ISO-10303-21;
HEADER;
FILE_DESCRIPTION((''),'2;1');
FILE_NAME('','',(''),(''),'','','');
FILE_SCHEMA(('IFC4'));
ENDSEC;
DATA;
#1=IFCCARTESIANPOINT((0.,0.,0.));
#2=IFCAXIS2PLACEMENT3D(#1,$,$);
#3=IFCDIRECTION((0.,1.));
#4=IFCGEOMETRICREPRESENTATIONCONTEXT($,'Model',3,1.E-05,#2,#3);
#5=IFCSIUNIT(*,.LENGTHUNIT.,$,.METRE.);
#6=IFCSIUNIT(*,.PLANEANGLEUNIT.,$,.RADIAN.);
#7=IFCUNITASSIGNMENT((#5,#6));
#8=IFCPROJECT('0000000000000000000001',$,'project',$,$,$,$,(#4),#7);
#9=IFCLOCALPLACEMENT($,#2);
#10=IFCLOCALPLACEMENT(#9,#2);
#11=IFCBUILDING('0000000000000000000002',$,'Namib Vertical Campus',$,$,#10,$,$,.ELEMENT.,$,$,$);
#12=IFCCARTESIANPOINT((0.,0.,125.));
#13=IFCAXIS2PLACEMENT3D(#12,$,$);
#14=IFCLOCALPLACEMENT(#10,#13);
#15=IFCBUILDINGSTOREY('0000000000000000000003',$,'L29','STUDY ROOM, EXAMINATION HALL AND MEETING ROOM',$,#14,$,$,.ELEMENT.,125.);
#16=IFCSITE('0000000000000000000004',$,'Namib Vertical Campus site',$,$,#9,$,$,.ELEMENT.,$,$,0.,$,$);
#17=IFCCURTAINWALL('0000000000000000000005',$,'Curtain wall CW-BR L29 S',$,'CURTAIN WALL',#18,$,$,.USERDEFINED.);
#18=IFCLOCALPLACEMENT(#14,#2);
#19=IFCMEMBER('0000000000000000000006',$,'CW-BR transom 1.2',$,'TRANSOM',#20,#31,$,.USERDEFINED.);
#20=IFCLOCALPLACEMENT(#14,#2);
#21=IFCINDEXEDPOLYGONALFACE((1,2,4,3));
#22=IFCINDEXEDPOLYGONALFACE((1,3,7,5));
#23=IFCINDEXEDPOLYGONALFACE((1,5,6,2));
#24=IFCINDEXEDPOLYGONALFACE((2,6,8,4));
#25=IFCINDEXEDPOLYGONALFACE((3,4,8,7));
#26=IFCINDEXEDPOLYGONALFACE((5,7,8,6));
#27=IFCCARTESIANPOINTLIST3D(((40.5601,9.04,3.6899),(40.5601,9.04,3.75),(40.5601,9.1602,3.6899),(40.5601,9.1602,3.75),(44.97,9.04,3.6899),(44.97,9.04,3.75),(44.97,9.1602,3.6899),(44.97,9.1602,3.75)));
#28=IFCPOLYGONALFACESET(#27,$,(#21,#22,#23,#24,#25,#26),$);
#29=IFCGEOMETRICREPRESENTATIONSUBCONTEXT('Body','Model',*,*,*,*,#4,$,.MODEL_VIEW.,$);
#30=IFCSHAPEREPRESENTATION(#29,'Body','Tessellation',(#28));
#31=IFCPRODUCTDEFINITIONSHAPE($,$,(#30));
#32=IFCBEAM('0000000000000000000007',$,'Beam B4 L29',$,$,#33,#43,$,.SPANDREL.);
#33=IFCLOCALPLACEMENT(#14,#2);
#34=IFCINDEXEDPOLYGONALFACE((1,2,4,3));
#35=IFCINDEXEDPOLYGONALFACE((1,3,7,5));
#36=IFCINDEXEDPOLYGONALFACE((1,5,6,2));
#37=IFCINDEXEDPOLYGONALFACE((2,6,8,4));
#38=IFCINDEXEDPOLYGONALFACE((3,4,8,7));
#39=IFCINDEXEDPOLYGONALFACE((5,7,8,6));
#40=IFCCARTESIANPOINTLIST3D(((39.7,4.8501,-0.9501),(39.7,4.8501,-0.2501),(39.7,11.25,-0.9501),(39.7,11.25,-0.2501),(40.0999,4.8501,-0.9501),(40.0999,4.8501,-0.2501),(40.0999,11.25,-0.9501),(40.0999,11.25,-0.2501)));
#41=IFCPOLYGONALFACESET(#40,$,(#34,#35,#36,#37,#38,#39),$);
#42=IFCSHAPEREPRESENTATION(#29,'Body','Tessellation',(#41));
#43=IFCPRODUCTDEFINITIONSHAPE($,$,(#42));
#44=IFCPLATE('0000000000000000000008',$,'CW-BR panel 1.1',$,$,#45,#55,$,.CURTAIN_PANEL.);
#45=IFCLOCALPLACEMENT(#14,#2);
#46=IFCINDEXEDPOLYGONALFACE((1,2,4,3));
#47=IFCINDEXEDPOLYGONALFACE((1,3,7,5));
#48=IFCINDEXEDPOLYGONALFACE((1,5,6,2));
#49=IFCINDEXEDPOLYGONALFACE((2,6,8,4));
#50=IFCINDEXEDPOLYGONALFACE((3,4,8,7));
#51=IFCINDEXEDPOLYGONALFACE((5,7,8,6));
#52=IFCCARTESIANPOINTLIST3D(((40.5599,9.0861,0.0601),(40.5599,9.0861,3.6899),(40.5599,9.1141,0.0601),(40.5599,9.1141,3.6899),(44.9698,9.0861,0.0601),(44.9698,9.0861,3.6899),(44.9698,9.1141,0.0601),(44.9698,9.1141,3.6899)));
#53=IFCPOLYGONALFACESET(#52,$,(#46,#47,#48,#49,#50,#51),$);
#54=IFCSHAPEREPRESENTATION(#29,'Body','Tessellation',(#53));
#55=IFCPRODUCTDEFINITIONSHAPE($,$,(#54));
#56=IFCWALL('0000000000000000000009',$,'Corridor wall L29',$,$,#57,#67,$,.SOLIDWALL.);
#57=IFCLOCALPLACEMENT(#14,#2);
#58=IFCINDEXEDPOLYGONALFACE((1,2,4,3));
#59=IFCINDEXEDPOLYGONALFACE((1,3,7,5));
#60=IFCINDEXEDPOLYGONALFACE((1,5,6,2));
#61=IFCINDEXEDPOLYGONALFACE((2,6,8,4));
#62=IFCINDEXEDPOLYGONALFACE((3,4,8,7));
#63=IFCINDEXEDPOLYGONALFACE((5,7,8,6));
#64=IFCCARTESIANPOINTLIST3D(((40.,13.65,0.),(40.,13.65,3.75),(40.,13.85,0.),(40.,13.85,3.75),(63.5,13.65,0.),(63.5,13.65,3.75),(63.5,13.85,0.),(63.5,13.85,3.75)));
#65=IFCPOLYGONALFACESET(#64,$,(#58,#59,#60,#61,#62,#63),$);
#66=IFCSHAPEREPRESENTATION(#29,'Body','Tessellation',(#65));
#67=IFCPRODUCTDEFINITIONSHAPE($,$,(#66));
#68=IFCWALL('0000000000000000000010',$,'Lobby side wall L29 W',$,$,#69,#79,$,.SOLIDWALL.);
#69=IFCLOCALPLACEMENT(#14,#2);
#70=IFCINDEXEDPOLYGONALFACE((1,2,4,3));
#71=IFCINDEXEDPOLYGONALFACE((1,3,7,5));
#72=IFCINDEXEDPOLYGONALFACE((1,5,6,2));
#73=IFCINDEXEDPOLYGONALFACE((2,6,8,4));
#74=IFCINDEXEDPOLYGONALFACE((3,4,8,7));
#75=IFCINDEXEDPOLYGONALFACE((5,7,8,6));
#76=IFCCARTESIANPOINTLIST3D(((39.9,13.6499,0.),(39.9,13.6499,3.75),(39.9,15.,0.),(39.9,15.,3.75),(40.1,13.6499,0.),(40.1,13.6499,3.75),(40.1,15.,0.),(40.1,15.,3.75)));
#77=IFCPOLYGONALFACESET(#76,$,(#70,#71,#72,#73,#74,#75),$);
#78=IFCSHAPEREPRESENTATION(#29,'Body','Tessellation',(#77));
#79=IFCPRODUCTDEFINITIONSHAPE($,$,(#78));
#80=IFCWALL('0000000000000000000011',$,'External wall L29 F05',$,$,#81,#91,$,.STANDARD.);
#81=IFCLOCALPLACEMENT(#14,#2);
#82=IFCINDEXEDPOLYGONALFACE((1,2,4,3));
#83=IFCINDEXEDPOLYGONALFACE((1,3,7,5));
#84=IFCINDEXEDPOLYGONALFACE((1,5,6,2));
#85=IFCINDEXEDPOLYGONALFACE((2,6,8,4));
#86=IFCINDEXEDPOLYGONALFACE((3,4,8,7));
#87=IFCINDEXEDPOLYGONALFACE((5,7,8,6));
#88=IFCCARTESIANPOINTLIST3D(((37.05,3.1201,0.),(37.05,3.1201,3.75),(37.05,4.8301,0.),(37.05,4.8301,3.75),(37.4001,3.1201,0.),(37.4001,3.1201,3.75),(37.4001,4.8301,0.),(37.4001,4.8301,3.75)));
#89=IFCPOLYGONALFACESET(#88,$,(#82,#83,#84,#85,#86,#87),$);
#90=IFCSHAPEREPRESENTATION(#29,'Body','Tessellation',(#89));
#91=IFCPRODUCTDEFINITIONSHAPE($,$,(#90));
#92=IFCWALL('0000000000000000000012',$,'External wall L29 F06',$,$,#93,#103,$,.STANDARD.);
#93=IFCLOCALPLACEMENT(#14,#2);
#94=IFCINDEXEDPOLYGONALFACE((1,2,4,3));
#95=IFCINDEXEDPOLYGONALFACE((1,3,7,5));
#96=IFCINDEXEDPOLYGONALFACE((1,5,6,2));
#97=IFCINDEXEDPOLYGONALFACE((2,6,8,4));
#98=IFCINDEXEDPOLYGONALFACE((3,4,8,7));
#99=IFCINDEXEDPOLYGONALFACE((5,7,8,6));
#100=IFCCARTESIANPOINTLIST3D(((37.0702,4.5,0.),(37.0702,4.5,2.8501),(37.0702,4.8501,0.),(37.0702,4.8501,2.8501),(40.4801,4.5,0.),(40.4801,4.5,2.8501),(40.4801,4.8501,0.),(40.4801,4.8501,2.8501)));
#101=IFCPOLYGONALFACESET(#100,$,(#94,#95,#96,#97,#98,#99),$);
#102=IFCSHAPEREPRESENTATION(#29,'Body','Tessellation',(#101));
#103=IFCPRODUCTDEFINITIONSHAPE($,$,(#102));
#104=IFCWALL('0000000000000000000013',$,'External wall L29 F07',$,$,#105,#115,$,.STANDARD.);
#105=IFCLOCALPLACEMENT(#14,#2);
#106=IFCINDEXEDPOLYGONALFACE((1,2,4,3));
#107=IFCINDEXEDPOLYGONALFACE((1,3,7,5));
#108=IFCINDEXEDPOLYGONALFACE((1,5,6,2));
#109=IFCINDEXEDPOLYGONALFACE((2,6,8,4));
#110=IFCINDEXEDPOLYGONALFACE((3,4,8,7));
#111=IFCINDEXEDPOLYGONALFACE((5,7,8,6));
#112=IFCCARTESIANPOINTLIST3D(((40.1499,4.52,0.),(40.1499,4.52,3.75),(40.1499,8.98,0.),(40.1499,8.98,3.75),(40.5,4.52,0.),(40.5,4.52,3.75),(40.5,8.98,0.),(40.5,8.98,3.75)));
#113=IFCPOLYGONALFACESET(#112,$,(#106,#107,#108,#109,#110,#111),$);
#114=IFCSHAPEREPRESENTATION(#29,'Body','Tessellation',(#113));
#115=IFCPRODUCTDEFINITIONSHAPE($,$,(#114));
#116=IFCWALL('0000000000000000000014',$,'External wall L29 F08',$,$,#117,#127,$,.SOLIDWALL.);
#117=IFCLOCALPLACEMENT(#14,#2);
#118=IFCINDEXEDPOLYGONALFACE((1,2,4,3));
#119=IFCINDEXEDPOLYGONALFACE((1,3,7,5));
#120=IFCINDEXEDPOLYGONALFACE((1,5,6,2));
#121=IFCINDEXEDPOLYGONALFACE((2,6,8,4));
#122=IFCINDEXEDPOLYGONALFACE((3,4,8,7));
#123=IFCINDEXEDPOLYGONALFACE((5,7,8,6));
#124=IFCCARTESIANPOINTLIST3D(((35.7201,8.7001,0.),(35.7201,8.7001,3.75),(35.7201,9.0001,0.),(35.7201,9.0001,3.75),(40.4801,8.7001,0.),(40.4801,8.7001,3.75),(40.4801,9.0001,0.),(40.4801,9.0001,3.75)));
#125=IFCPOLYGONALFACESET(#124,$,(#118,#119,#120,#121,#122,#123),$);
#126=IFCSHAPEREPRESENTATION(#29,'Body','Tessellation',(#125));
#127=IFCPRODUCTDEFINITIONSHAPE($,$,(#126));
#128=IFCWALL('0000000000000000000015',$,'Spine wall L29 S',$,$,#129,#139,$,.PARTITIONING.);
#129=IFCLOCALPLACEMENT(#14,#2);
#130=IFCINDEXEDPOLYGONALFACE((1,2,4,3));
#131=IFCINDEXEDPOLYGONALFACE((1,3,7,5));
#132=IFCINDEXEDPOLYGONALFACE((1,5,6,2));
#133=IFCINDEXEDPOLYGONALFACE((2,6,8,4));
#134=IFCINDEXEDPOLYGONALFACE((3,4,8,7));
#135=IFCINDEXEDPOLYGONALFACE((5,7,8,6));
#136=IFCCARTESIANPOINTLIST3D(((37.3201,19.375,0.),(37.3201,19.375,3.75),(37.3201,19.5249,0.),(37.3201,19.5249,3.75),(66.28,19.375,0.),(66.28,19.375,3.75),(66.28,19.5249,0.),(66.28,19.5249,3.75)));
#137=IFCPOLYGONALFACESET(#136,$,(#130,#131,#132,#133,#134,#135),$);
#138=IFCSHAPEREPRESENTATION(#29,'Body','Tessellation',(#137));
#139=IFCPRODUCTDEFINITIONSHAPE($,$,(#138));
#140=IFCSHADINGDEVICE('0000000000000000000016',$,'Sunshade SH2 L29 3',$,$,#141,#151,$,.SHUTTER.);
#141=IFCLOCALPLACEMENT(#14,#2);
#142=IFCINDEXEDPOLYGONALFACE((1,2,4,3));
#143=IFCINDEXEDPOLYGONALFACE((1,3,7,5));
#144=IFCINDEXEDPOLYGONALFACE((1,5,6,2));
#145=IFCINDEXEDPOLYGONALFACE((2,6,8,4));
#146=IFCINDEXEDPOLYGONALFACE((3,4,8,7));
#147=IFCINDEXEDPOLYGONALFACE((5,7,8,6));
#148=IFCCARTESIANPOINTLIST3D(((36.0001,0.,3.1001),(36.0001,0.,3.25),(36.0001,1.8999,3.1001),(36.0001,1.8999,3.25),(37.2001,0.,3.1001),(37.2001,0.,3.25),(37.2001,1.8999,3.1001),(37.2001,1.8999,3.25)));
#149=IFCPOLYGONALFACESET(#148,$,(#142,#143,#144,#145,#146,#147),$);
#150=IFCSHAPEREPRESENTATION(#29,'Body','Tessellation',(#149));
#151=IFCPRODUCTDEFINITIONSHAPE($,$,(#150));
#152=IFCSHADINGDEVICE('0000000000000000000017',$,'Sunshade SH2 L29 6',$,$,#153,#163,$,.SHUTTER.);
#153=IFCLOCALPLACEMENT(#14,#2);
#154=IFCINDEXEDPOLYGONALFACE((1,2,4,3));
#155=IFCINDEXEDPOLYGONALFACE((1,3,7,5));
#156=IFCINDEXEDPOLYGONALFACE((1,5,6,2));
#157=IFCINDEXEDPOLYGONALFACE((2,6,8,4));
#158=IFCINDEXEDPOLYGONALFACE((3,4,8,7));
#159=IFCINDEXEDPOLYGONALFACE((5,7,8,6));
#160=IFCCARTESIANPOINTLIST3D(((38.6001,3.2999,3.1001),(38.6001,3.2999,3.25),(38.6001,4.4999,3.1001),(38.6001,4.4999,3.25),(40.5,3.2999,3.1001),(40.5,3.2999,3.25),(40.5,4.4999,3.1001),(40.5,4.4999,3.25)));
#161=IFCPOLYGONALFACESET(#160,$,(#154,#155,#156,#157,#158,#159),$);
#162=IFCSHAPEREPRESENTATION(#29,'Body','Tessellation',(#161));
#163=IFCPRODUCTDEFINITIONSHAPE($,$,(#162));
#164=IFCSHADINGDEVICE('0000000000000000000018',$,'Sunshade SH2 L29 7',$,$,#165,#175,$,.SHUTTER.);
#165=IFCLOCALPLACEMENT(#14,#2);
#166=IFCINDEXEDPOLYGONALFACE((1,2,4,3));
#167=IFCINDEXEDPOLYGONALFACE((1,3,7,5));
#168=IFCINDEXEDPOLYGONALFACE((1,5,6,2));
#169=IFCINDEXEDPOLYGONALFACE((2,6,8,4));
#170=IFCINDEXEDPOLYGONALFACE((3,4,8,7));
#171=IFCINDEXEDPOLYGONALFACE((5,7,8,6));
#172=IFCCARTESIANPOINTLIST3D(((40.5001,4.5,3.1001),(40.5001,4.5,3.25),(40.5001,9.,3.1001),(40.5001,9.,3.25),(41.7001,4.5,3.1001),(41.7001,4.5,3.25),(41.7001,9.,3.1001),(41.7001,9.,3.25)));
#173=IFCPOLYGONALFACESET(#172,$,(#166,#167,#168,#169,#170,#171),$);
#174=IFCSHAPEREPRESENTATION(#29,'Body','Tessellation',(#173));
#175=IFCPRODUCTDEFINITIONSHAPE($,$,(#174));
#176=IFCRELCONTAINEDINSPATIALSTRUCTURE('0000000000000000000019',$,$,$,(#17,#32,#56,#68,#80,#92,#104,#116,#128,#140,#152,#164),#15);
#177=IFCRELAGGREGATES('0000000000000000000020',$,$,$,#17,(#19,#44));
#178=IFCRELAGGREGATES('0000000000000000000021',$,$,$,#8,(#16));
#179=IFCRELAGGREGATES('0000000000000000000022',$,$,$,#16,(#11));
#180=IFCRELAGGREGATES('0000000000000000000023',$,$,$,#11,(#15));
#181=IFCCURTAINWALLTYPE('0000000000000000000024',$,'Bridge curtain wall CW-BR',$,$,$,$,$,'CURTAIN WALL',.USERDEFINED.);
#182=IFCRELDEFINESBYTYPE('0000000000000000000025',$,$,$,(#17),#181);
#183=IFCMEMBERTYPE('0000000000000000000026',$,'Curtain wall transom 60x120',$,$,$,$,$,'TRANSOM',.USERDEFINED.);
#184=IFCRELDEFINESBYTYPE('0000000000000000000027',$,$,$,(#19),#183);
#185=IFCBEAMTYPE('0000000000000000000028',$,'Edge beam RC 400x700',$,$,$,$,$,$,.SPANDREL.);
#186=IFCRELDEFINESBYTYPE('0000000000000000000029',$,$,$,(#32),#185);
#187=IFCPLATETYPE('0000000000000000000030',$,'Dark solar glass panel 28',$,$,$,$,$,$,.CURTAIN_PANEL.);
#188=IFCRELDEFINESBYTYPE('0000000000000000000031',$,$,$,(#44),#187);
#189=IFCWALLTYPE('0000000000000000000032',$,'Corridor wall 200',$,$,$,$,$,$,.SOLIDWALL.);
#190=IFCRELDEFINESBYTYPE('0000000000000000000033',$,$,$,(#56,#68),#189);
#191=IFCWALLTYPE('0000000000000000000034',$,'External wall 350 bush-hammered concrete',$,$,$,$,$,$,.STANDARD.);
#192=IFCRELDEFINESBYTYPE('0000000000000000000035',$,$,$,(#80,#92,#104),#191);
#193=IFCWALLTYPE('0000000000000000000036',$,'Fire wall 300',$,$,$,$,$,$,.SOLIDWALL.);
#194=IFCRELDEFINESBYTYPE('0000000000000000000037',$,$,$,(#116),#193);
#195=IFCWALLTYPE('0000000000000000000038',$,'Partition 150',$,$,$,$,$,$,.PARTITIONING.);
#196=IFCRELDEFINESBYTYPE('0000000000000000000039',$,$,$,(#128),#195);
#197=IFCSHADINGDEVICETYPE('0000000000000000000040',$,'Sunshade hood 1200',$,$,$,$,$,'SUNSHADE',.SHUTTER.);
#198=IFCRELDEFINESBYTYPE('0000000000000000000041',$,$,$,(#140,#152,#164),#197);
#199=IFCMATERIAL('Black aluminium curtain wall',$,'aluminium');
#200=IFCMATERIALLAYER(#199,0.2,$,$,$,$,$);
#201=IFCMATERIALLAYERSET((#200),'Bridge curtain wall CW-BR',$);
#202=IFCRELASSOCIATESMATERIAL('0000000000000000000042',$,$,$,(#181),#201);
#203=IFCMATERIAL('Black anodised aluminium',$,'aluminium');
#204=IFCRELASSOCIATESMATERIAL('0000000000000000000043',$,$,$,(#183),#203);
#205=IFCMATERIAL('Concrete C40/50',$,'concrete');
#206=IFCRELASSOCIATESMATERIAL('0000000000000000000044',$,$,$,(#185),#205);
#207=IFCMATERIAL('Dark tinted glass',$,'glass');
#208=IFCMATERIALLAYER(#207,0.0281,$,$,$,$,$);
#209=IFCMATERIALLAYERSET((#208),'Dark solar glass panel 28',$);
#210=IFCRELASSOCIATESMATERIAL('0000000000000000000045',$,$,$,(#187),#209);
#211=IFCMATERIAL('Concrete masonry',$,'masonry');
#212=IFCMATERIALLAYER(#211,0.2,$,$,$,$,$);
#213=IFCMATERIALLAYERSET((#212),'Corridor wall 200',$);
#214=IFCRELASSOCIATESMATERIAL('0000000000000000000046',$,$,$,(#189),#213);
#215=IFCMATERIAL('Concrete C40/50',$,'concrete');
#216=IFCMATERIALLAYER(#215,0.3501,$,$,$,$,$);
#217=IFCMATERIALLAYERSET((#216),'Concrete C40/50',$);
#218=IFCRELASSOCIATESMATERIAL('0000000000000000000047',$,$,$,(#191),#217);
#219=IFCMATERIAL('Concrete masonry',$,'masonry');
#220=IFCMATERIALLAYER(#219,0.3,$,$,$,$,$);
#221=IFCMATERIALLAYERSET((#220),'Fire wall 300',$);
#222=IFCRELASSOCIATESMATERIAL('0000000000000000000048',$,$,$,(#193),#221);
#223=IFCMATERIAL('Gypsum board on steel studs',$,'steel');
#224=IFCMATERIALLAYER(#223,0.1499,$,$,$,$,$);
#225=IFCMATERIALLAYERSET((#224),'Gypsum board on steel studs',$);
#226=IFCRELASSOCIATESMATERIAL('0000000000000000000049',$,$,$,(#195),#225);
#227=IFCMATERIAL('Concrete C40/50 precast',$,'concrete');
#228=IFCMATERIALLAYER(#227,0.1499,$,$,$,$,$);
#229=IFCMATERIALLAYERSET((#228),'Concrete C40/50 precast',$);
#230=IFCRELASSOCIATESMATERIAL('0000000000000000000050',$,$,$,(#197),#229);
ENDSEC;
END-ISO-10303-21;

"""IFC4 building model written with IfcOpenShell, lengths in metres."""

from ifc_helpers import new_model, si_unit, direction, frame, frame_2d, origin, origin_2d, place, context, subcontext, project, spatial, rectangle, extrude, material, layer, layer_set, material_profile, profile_set, type_object, element, aggregate, save


model = new_model("IFC4")

# Units and contexts
model_context = context("Model", 3, precision=1e-05, world=origin(), true_north=direction((0.0, 1.0)))
body_context = subcontext(model_context, "Body", "Model", "MODEL_VIEW")
ifc_project = project(units=[si_unit("LENGTHUNIT", "METRE"), si_unit("PLANEANGLEUNIT", "RADIAN")], contexts=[model_context])

# Site, building, storey
site_placement = place(None, origin())
site = spatial("IfcSite", under=ifc_project, at=site_placement, Name="Namib Vertical Campus site", CompositionType="ELEMENT", RefElevation=0.0)
building_placement = place(site_placement, origin())
building = spatial("IfcBuilding", under=site, at=building_placement, Name="Namib Vertical Campus", CompositionType="ELEMENT")
storey_placement = place(building_placement, frame((0.0, 0.0, 125.0)))
storey = spatial("IfcBuildingStorey", under=building, at=storey_placement, Name="L29", Description="STUDY ROOM, EXAMINATION HALL AND MEETING ROOM", CompositionType="ELEMENT", Elevation=125.0)

# Curtain wall, member
ifc_material_1 = material(Name="Black aluminium curtain wall", Category="aluminium")
ifc_layer_1 = layer(ifc_material_1, 0.2)
ifc_layer_set_1 = layer_set([ifc_layer_1], Name="Bridge curtain wall CW-BR")
curtain_wall_type = type_object("IfcCurtainWallType", Name="Bridge curtain wall CW-BR", ElementType="CURTAIN WALL", PredefinedType="USERDEFINED", material=ifc_layer_set_1)
curtain_wall_placement = place(storey_placement, origin())
curtain_wall = element("IfcCurtainWall", 1, at=curtain_wall_placement, inside=storey, type_object=curtain_wall_type, Name="Curtain wall CW-BR L29 S", ObjectType="CURTAIN WALL", PredefinedType="USERDEFINED")
ifc_material_2 = material(Name="Black anodised aluminium", Category="aluminium")
ifc_material_profile_1 = material_profile(ifc_material_2, rectangle(XDim=0.0601, YDim=0.1201, at=origin_2d()))
ifc_profile_set_1 = profile_set([ifc_material_profile_1], Name="Black anodised aluminium")
member_type_1 = type_object("IfcMemberType", Name="Curtain wall transom 60x120", ElementType="TRANSOM", PredefinedType="USERDEFINED", material=ifc_profile_set_1)
member_1_placement = place(storey_placement, frame((40.5601, 9.1001, 3.72), z_axis=(1.0, 0.0, 0.0), x_axis=(0.0, 0.0, 1.0)))
member_1 = element("IfcMember", 2, at=member_1_placement, type_object=member_type_1, Name="CW-BR transom 1.2", ObjectType="TRANSOM", PredefinedType="USERDEFINED", context=body_context, shape_type="SweptSolid", body=[
    extrude(rectangle(XDim=0.0601, YDim=0.1201, at=origin_2d()), origin(), (0.0, 0.0, 1.0), 4.4099),
])

# Beam
ifc_material_3 = material(Name="Concrete C40/50", Category="concrete")
ifc_material_profile_2 = material_profile(ifc_material_3, rectangle(XDim=0.3999, YDim=0.7, at=origin_2d()))
ifc_profile_set_2 = profile_set([ifc_material_profile_2], Name="Concrete C40/50")
beam_type_1 = type_object("IfcBeamType", Name="Edge beam RC 400x700", PredefinedType="SPANDREL", material=ifc_profile_set_2)
beam_placement = place(storey_placement, frame((39.8999, 4.8501, -0.6001), z_axis=(0.0, 1.0, 0.0), x_axis=(-1.0, 0.0, 0.0)))
element("IfcBeam", 3, at=beam_placement, inside=storey, type_object=beam_type_1, Name="Beam B4 L29", PredefinedType="SPANDREL", context=body_context, shape_type="SweptSolid", body=[
    extrude(rectangle(XDim=0.3999, YDim=0.7, at=origin_2d()), origin(), (0.0, 0.0, 1.0), 6.3999),
])

# Plate
ifc_material_4 = material(Name="Dark tinted glass", Category="glass")
ifc_layer_2 = layer(ifc_material_4, 0.0281)
ifc_layer_set_2 = layer_set([ifc_layer_2], Name="Dark solar glass panel 28")
plate_type = type_object("IfcPlateType", Name="Dark solar glass panel 28", PredefinedType="CURTAIN_PANEL", material=ifc_layer_set_2)
plate_placement = place(storey_placement, frame((42.7649, 9.1001, 0.0601), z_axis=(0.0, 0.0, 1.0), x_axis=(1.0, 0.0, 0.0)))
plate = element("IfcPlate", 4, at=plate_placement, type_object=plate_type, Name="CW-BR panel 1.1", PredefinedType="CURTAIN_PANEL", context=body_context, shape_type="SweptSolid", body=[
    extrude(rectangle(XDim=4.4099, YDim=0.0281, at=origin_2d()), origin(), (0.0, 0.0, 1.0), 3.6299),
])
aggregate(curtain_wall, [member_1, plate])

# Walls
ifc_material_5 = material(Name="Concrete masonry", Category="masonry")
ifc_layer_3 = layer(ifc_material_5, 0.2)
ifc_layer_set_3 = layer_set([ifc_layer_3], Name="Corridor wall 200")
wall_type_1 = type_object("IfcWallType", Name="Corridor wall 200", PredefinedType="SOLIDWALL", material=ifc_layer_set_3)
wall_1_placement = place(storey_placement, frame((40.0, 13.75, 0.0), z_axis=(0.0, 0.0, 1.0), x_axis=(1.0, 0.0, 0.0)))
element("IfcWall", 5, at=wall_1_placement, inside=storey, type_object=wall_type_1, Name="Corridor wall L29", PredefinedType="SOLIDWALL", context=body_context, shape_type="SweptSolid", body=[
    extrude(rectangle(XDim=23.5, YDim=0.2, at=frame_2d((11.75, 0.0))), origin(), (0.0, 0.0, 1.0), 3.75),
])
wall_2_placement = place(storey_placement, frame((40.0, 13.6499, 0.0), z_axis=(0.0, 0.0, 1.0), x_axis=(0.0, 1.0, 0.0)))
element("IfcWall", 6, at=wall_2_placement, inside=storey, type_object=wall_type_1, Name="Lobby side wall L29 W", PredefinedType="SOLIDWALL", context=body_context, shape_type="SweptSolid", body=[
    extrude(rectangle(XDim=1.3501, YDim=0.2, at=frame_2d((0.675, 0.0))), origin(), (0.0, 0.0, 1.0), 3.75),
])
ifc_material_6 = material(Name="Concrete C40/50", Category="concrete")
ifc_layer_4 = layer(ifc_material_6, 0.3501)
ifc_layer_set_4 = layer_set([ifc_layer_4], Name="Concrete C40/50")
wall_type_2 = type_object("IfcWallType", Name="External wall 350 bush-hammered concrete", PredefinedType="STANDARD", material=ifc_layer_set_4)
wall_3_placement = place(storey_placement, frame((37.2251, 3.1201, 0.0), z_axis=(0.0, 0.0, 1.0), x_axis=(0.0, 1.0, 0.0)))
element("IfcWall", 7, at=wall_3_placement, inside=storey, type_object=wall_type_2, Name="External wall L29 F05", PredefinedType="STANDARD", context=body_context, shape_type="SweptSolid", body=[
    extrude(rectangle(XDim=1.71, YDim=0.3501, at=frame_2d((0.855, 0.0))), origin(), (0.0, 0.0, 1.0), 3.75),
])
wall_4_placement = place(storey_placement, frame((37.0701, 4.675, 0.0), z_axis=(0.0, 0.0, 1.0), x_axis=(1.0, 0.0, 0.0)))
element("IfcWall", 8, at=wall_4_placement, inside=storey, type_object=wall_type_2, Name="External wall L29 F06", PredefinedType="STANDARD", context=body_context, shape_type="SweptSolid", body=[
    extrude(rectangle(XDim=3.4099, YDim=0.3501, at=frame_2d((1.7051, 0.0))), origin(), (0.0, 0.0, 1.0), 2.8501),
])
wall_5_placement = place(storey_placement, frame((40.325, 4.52, 0.0), z_axis=(0.0, 0.0, 1.0), x_axis=(0.0, 1.0, 0.0)))
element("IfcWall", 9, at=wall_5_placement, inside=storey, type_object=wall_type_2, Name="External wall L29 F07", PredefinedType="STANDARD", context=body_context, shape_type="SweptSolid", body=[
    extrude(rectangle(XDim=4.46, YDim=0.3501, at=frame_2d((2.23, 0.0))), origin(), (0.0, 0.0, 1.0), 3.75),
])
ifc_material_7 = material(Name="Concrete masonry", Category="masonry")
ifc_layer_5 = layer(ifc_material_7, 0.3)
ifc_layer_set_5 = layer_set([ifc_layer_5], Name="Fire wall 300")
wall_type_3 = type_object("IfcWallType", Name="Fire wall 300", PredefinedType="SOLIDWALL", material=ifc_layer_set_5)
wall_6_placement = place(storey_placement, frame((40.48, 8.8501, 0.0), z_axis=(0.0, 0.0, 1.0), x_axis=(-1.0, 0.0, 0.0)))
element("IfcWall", 10, at=wall_6_placement, inside=storey, type_object=wall_type_3, Name="External wall L29 F08", PredefinedType="SOLIDWALL", context=body_context, shape_type="SweptSolid", body=[
    extrude(rectangle(XDim=4.76, YDim=0.3, at=frame_2d((2.3799, 0.0))), origin(), (0.0, 0.0, 1.0), 3.75),
])
ifc_material_8 = material(Name="Gypsum board on steel studs", Category="steel")
ifc_layer_6 = layer(ifc_material_8, 0.1499)
ifc_layer_set_6 = layer_set([ifc_layer_6], Name="Gypsum board on steel studs")
wall_type_4 = type_object("IfcWallType", Name="Partition 150", PredefinedType="PARTITIONING", material=ifc_layer_set_6)
wall_7_placement = place(storey_placement, frame((37.3201, 19.45, 0.0), z_axis=(0.0, 0.0, 1.0), x_axis=(1.0, 0.0, 0.0)))
element("IfcWall", 11, at=wall_7_placement, inside=storey, type_object=wall_type_4, Name="Spine wall L29 S", PredefinedType="PARTITIONING", context=body_context, shape_type="SweptSolid", body=[
    extrude(rectangle(XDim=28.96, YDim=0.1499, at=frame_2d((14.48, 0.0))), origin(), (0.0, 0.0, 1.0), 3.75),
])

# Shading devices
ifc_material_9 = material(Name="Concrete C40/50 precast", Category="concrete")
ifc_layer_7 = layer(ifc_material_9, 0.1499)
ifc_layer_set_7 = layer_set([ifc_layer_7], Name="Concrete C40/50 precast")
shading_device_type = type_object("IfcShadingDeviceType", Name="Sunshade hood 1200", ElementType="SUNSHADE", PredefinedType="SHUTTER", material=ifc_layer_set_7)
for number, where, z_axis, x_axis, name in (
    (12, (36.6001, 0.95, 3.1001), (0.0, 0.0, 1.0), (0.0, 1.0, 0.0), "Sunshade SH2 L29 3"),
    (13, (39.55, 3.8999, 3.1001), (0.0, 0.0, 1.0), (1.0, 0.0, 0.0), "Sunshade SH2 L29 6"),
):
    element("IfcShadingDevice", number, at=place(storey_placement, frame(where, z_axis=z_axis, x_axis=x_axis)), inside=storey, type_object=shading_device_type, Name=name, PredefinedType="SHUTTER", context=body_context, shape_type="SweptSolid", body=[
        extrude(rectangle(XDim=1.8999, YDim=1.2, at=origin_2d()), origin(), (0.0, 0.0, 1.0), 0.1499),
    ])
shading_device_placement = place(storey_placement, frame((41.1001, 6.75, 3.1001), z_axis=(0.0, 0.0, 1.0), x_axis=(0.0, 1.0, 0.0)))
element("IfcShadingDevice", 14, at=shading_device_placement, inside=storey, type_object=shading_device_type, Name="Sunshade SH2 L29 7", PredefinedType="SHUTTER", context=body_context, shape_type="SweptSolid", body=[
    extrude(rectangle(XDim=4.5, YDim=1.2, at=origin_2d()), origin(), (0.0, 0.0, 1.0), 0.1499),
])

save(model, "model.ifc")
